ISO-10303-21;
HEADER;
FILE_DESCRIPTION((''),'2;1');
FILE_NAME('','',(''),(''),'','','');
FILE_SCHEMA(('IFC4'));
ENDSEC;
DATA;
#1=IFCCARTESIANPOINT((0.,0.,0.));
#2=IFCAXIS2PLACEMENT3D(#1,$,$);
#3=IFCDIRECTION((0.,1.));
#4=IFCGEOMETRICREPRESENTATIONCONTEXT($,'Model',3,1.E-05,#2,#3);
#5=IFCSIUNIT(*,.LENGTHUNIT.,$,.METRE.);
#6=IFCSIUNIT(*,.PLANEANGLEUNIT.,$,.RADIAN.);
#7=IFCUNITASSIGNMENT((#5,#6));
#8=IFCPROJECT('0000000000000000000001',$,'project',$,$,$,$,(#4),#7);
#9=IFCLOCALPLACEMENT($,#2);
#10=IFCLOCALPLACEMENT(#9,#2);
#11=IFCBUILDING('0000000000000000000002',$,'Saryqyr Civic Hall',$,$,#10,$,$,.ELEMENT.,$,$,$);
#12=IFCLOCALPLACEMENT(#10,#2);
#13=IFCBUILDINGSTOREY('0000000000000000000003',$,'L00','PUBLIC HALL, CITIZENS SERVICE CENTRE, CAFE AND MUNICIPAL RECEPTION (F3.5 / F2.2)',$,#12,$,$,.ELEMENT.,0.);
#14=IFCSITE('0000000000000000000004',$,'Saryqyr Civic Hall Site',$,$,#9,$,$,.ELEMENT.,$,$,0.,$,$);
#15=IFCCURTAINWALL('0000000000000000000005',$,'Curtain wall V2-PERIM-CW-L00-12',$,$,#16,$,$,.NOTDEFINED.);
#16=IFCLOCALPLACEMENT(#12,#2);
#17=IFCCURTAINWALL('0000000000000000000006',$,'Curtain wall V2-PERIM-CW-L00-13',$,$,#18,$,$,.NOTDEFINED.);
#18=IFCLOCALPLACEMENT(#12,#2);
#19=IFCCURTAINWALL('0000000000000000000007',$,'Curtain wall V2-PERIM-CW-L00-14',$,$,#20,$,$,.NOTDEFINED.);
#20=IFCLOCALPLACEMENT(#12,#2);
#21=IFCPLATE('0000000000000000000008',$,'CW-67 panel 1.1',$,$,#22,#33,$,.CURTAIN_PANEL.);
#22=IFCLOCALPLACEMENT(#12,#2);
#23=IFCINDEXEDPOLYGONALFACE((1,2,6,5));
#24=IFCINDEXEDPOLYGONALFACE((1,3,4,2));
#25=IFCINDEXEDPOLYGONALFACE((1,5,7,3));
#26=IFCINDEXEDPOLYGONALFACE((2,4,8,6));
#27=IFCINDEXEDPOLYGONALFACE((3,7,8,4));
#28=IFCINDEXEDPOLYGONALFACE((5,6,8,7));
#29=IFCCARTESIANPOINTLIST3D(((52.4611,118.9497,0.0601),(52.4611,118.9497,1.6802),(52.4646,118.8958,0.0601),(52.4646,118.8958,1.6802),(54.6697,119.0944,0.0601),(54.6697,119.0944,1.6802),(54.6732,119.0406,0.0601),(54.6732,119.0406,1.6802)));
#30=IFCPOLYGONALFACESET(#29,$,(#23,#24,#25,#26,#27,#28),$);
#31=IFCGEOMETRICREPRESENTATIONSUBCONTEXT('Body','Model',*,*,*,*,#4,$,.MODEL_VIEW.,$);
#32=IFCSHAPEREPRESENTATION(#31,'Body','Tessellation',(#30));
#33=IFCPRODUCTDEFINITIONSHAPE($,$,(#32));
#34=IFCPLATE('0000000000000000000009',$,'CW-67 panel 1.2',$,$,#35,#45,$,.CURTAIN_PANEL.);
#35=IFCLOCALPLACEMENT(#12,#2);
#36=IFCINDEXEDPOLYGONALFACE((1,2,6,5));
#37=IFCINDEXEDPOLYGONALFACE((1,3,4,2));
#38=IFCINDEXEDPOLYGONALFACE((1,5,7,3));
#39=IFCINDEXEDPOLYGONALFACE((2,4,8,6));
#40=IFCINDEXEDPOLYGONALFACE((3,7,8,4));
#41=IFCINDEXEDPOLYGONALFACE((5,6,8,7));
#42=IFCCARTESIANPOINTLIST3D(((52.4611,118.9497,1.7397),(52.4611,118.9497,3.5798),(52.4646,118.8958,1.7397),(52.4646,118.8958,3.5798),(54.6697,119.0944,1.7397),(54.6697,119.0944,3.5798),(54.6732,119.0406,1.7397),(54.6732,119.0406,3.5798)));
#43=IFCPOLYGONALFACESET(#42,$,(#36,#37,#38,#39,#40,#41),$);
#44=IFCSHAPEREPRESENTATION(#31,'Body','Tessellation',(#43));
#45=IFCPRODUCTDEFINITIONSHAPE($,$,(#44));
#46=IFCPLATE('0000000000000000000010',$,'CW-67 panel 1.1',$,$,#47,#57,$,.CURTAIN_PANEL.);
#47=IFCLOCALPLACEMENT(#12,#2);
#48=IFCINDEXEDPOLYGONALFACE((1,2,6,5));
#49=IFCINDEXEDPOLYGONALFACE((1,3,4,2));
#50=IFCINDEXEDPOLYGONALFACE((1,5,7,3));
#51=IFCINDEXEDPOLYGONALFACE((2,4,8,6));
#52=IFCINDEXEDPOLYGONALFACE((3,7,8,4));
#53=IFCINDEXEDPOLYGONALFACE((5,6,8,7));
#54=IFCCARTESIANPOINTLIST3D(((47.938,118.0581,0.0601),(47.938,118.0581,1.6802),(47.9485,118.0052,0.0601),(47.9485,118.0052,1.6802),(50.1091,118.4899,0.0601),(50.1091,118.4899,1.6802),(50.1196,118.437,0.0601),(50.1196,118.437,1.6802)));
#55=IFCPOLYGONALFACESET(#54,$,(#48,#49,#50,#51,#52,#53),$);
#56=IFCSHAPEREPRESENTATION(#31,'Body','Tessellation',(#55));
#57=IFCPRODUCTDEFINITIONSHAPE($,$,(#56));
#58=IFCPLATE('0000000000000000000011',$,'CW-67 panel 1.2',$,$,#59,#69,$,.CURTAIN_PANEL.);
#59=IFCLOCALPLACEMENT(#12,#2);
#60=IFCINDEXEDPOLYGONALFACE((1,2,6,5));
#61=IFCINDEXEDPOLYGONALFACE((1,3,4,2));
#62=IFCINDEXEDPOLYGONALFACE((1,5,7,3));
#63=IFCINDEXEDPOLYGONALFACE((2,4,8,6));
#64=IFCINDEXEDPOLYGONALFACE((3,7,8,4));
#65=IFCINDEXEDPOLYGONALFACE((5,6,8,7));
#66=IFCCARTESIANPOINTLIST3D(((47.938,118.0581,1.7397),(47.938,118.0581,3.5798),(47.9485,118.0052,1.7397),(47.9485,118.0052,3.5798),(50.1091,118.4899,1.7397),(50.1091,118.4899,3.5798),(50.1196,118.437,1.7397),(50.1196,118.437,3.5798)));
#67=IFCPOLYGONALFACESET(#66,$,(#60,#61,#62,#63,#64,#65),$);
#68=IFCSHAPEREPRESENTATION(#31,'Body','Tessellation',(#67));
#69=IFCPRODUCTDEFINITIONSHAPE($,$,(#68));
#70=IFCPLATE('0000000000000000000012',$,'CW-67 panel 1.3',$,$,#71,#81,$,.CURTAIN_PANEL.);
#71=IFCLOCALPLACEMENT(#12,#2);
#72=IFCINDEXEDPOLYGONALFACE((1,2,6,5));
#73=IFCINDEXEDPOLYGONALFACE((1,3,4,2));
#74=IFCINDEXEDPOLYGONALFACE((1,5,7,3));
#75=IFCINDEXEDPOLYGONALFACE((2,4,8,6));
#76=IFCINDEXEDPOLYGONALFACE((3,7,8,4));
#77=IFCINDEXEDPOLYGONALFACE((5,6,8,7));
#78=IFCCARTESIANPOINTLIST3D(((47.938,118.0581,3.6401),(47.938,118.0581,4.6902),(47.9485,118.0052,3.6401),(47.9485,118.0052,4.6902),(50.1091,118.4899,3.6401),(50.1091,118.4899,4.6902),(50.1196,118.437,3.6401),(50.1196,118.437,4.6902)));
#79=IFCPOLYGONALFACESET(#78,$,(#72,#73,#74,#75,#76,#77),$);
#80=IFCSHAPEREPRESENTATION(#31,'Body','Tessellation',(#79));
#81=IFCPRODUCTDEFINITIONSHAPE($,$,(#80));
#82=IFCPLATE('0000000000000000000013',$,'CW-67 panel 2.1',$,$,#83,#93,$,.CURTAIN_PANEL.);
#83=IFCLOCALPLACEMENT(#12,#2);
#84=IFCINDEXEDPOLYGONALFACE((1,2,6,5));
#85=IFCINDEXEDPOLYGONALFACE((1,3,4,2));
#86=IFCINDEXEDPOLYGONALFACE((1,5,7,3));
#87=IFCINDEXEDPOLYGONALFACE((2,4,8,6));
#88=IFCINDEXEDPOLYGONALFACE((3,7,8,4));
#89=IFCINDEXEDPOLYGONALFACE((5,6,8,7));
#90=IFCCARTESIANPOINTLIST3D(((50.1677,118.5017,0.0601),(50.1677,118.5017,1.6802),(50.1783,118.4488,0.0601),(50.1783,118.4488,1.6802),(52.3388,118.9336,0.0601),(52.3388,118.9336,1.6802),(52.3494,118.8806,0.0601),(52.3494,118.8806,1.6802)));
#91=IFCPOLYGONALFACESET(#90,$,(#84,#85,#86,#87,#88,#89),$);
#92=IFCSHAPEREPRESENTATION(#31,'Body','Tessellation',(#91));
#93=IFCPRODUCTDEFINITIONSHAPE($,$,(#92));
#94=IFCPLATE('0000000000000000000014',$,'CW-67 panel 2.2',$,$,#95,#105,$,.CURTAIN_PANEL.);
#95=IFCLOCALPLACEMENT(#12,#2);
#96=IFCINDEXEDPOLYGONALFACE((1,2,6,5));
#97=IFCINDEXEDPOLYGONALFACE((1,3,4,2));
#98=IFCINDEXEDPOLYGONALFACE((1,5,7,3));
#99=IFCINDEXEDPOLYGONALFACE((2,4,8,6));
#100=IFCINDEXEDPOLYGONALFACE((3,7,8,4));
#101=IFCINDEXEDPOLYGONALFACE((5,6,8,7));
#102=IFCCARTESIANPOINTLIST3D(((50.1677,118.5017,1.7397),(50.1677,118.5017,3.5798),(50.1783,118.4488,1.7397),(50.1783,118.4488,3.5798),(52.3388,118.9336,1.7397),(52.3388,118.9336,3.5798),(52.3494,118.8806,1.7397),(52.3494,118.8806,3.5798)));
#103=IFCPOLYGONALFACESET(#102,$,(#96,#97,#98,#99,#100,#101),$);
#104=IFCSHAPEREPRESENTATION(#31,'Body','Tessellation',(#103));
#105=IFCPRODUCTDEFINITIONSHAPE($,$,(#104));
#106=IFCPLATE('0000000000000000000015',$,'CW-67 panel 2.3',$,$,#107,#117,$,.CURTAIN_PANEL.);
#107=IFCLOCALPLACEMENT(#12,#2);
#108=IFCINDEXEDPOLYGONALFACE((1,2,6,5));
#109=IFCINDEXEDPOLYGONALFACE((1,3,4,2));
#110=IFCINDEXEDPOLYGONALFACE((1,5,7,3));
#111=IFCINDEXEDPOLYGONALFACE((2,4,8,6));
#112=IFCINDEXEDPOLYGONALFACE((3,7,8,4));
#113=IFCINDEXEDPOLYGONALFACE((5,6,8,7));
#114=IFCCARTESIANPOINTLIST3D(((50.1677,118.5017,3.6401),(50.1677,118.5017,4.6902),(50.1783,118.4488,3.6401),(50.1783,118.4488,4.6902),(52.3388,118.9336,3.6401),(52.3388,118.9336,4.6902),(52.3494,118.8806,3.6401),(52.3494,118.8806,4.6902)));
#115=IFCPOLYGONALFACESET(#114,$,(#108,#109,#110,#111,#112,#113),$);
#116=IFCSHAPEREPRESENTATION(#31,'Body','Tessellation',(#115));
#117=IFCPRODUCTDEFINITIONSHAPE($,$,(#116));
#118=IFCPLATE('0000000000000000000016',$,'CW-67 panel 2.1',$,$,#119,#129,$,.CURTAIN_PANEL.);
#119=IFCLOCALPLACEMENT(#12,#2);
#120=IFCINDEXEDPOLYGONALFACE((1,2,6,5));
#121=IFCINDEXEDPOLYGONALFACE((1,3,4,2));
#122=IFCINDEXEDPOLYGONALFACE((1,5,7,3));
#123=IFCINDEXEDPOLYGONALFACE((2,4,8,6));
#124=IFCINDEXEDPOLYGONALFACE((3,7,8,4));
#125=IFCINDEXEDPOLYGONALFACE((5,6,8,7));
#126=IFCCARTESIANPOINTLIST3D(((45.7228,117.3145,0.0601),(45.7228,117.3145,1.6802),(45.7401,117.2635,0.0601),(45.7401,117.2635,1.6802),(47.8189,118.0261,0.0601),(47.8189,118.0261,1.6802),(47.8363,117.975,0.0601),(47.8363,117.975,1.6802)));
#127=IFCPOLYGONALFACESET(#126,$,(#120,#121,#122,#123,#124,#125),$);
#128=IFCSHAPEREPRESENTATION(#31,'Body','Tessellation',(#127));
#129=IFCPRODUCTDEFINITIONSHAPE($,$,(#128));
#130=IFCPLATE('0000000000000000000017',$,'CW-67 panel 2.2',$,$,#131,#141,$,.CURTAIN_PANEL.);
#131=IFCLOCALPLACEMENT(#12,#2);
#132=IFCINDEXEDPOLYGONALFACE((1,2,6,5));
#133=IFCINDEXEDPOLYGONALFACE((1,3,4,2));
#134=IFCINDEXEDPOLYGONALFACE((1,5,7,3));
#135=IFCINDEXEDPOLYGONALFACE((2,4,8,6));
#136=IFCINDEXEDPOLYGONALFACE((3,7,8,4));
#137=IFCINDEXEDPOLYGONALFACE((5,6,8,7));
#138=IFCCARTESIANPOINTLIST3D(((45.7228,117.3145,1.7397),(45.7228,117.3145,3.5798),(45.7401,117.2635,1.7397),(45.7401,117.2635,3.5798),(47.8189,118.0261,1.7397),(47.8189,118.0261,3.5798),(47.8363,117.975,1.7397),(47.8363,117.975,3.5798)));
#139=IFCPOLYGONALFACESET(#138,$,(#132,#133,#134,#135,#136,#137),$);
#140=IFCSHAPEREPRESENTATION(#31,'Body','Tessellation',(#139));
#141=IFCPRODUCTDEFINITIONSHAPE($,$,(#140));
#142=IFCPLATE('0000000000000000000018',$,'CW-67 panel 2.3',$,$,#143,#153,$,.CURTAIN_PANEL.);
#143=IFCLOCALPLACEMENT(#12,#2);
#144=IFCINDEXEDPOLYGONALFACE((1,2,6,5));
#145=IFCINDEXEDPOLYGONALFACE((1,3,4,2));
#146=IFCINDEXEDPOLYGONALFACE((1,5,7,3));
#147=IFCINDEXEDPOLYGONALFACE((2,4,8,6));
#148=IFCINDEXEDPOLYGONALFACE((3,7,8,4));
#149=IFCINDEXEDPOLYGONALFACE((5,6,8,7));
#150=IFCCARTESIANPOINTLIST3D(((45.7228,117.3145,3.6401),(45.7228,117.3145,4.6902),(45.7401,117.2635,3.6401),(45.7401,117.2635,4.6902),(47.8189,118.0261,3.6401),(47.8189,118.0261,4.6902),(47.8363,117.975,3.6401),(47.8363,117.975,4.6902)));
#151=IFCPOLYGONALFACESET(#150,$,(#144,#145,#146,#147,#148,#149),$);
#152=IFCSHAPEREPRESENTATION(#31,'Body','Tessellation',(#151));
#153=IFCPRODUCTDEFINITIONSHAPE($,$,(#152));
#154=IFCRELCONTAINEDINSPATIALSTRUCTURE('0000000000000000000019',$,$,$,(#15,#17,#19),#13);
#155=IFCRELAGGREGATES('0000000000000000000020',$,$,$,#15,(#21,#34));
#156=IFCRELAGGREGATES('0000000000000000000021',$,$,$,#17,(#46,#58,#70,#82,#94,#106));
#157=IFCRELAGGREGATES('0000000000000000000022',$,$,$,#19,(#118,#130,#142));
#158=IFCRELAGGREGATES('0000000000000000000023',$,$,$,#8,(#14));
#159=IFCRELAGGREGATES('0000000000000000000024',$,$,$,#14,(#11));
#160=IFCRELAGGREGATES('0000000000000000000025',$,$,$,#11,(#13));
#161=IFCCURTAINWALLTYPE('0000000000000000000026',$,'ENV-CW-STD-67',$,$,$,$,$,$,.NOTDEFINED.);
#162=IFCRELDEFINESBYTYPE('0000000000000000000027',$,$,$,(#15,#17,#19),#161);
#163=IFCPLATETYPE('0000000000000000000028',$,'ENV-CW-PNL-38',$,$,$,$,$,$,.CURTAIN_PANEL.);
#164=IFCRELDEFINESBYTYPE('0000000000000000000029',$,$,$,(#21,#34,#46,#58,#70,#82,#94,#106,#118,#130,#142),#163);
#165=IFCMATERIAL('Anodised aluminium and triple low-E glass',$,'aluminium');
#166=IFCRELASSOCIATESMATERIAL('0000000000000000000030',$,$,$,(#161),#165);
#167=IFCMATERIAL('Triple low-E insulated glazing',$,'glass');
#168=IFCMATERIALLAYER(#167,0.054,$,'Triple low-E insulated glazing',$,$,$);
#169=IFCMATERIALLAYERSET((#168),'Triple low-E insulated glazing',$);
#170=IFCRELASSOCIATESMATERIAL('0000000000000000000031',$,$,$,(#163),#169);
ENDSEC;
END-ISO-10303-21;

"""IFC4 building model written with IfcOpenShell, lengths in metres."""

from ifc_helpers import new_model, si_unit, direction, frame, origin, origin_2d, place, context, subcontext, project, spatial, rectangle, extrude, material, layer, layer_set, type_object, element, aggregate, save


model = new_model("IFC4")

# Units and contexts
model_context = context("Model", 3, precision=1e-05, world=origin(), true_north=direction((0.0, 1.0)))
body_context = subcontext(model_context, "Body", "Model", "MODEL_VIEW")
ifc_project = project(units=[si_unit("LENGTHUNIT", "METRE"), si_unit("PLANEANGLEUNIT", "RADIAN")], contexts=[model_context])

# Site, building, storey
site_placement = place(None, origin())
site = spatial("IfcSite", under=ifc_project, at=site_placement, Name="Saryqyr Civic Hall Site", CompositionType="ELEMENT", RefElevation=0.0)
building_placement = place(site_placement, origin())
building = spatial("IfcBuilding", under=site, at=building_placement, Name="Saryqyr Civic Hall", CompositionType="ELEMENT")
storey_placement = place(building_placement, origin())
storey = spatial("IfcBuildingStorey", under=building, at=storey_placement, Name="L00", Description="PUBLIC HALL, CITIZENS SERVICE CENTRE, CAFE AND MUNICIPAL RECEPTION (F3.5 / F2.2)", CompositionType="ELEMENT", Elevation=0.0)

# Shared definitions
ifc_material_1 = material(Name="Anodised aluminium and triple low-E glass", Category="aluminium")

# Curtain wall
curtain_wall_type_1 = type_object("IfcCurtainWallType", Name="ENV-CW-STD-67", PredefinedType="NOTDEFINED", material=ifc_material_1)
curtain_wall_1_placement = place(storey_placement, origin())
curtain_wall_1 = element("IfcCurtainWall", 1, at=curtain_wall_1_placement, inside=storey, type_object=curtain_wall_type_1, Name="Curtain wall V2-PERIM-CW-L00-12", PredefinedType="NOTDEFINED")

# Curtain wall
curtain_wall_2_placement = place(storey_placement, origin())
curtain_wall_2 = element("IfcCurtainWall", 2, at=curtain_wall_2_placement, inside=storey, type_object=curtain_wall_type_1, Name="Curtain wall V2-PERIM-CW-L00-13", PredefinedType="NOTDEFINED")

# Curtain wall
curtain_wall_3_placement = place(storey_placement, origin())
curtain_wall_3 = element("IfcCurtainWall", 3, at=curtain_wall_3_placement, inside=storey, type_object=curtain_wall_type_1, Name="Curtain wall V2-PERIM-CW-L00-14", PredefinedType="NOTDEFINED")

# Plates
ifc_material_2 = material(Name="Triple low-E insulated glazing", Category="glass")
ifc_layer = layer(ifc_material_2, 0.054, Name="Triple low-E insulated glazing")
ifc_layer_set = layer_set([ifc_layer], Name="Triple low-E insulated glazing")
plate_type = type_object("IfcPlateType", Name="ENV-CW-PNL-38", PredefinedType="CURTAIN_PANEL", material=ifc_layer_set)
plate_1_placement = place(storey_placement, frame((53.5671, 118.9951, 0.0601), z_axis=(0.0, 0.0, 1.0), x_axis=(0.997859, 0.065401, 0.0)))
plate_1 = element("IfcPlate", 4, at=plate_1_placement, type_object=plate_type, Name="CW-67 panel 1.1", PredefinedType="CURTAIN_PANEL", context=body_context, shape_type="SweptSolid", body=[
    extrude(rectangle(XDim=2.2134, YDim=0.054, at=origin_2d()), origin(), (0.0, 0.0, 1.0), 1.6201),
])
plate_2_placement = place(storey_placement, frame((53.5671, 118.9951, 1.7397), z_axis=(0.0, 0.0, 1.0), x_axis=(0.997859, 0.065401, 0.0)))
plate_2 = element("IfcPlate", 5, at=plate_2_placement, type_object=plate_type, Name="CW-67 panel 1.2", PredefinedType="CURTAIN_PANEL", context=body_context, shape_type="SweptSolid", body=[
    extrude(rectangle(XDim=2.2134, YDim=0.054, at=origin_2d()), origin(), (0.0, 0.0, 1.0), 1.8401),
])
aggregate(curtain_wall_1, [plate_1, plate_2])
plate_3_placement = place(storey_placement, frame((49.0288, 118.2476, 0.0601), z_axis=(0.0, 0.0, 1.0), x_axis=(0.980785, 0.195093, 0.0)))
plate_3 = element("IfcPlate", 6, at=plate_3_placement, type_object=plate_type, Name="CW-67 panel 1.1", PredefinedType="CURTAIN_PANEL", context=body_context, shape_type="SweptSolid", body=[
    extrude(rectangle(XDim=2.2136, YDim=0.054, at=origin_2d()), origin(), (0.0, 0.0, 1.0), 1.6201),
])
plate_4_placement = place(storey_placement, frame((49.0288, 118.2476, 1.7397), z_axis=(0.0, 0.0, 1.0), x_axis=(0.980785, 0.195093, 0.0)))
plate_4 = element("IfcPlate", 7, at=plate_4_placement, type_object=plate_type, Name="CW-67 panel 1.2", PredefinedType="CURTAIN_PANEL", context=body_context, shape_type="SweptSolid", body=[
    extrude(rectangle(XDim=2.2136, YDim=0.054, at=origin_2d()), origin(), (0.0, 0.0, 1.0), 1.8401),
])
plate_5_placement = place(storey_placement, frame((49.0288, 118.2476, 3.6401), z_axis=(0.0, 0.0, 1.0), x_axis=(0.980785, 0.195093, 0.0)))
plate_5 = element("IfcPlate", 8, at=plate_5_placement, type_object=plate_type, Name="CW-67 panel 1.3", PredefinedType="CURTAIN_PANEL", context=body_context, shape_type="SweptSolid", body=[
    extrude(rectangle(XDim=2.2136, YDim=0.054, at=origin_2d()), origin(), (0.0, 0.0, 1.0), 1.05),
])
plate_6_placement = place(storey_placement, frame((51.2585, 118.6912, 0.0601), z_axis=(0.0, 0.0, 1.0), x_axis=(0.980785, 0.195093, 0.0)))
plate_6 = element("IfcPlate", 9, at=plate_6_placement, type_object=plate_type, Name="CW-67 panel 2.1", PredefinedType="CURTAIN_PANEL", context=body_context, shape_type="SweptSolid", body=[
    extrude(rectangle(XDim=2.2136, YDim=0.054, at=origin_2d()), origin(), (0.0, 0.0, 1.0), 1.6201),
])
plate_7_placement = place(storey_placement, frame((51.2585, 118.6912, 1.7397), z_axis=(0.0, 0.0, 1.0), x_axis=(0.980785, 0.195093, 0.0)))
plate_7 = element("IfcPlate", 10, at=plate_7_placement, type_object=plate_type, Name="CW-67 panel 2.2", PredefinedType="CURTAIN_PANEL", context=body_context, shape_type="SweptSolid", body=[
    extrude(rectangle(XDim=2.2136, YDim=0.054, at=origin_2d()), origin(), (0.0, 0.0, 1.0), 1.8401),
])
plate_8_placement = place(storey_placement, frame((51.2585, 118.6912, 3.6401), z_axis=(0.0, 0.0, 1.0), x_axis=(0.980785, 0.195093, 0.0)))
plate_8 = element("IfcPlate", 11, at=plate_8_placement, type_object=plate_type, Name="CW-67 panel 2.3", PredefinedType="CURTAIN_PANEL", context=body_context, shape_type="SweptSolid", body=[
    extrude(rectangle(XDim=2.2136, YDim=0.054, at=origin_2d()), origin(), (0.0, 0.0, 1.0), 1.05),
])
aggregate(curtain_wall_2, [plate_3, plate_4, plate_5, plate_6, plate_7, plate_8])
plate_9_placement = place(storey_placement, frame((46.7795, 117.6448, 0.0601), z_axis=(0.0, 0.0, 1.0), x_axis=(0.946928, 0.321445, 0.0)))
plate_9 = element("IfcPlate", 12, at=plate_9_placement, type_object=plate_type, Name="CW-67 panel 2.1", PredefinedType="CURTAIN_PANEL", context=body_context, shape_type="SweptSolid", body=[
    extrude(rectangle(XDim=2.2136, YDim=0.054, at=origin_2d()), origin(), (0.0, 0.0, 1.0), 1.6201),
])
plate_10_placement = place(storey_placement, frame((46.7795, 117.6448, 1.7397), z_axis=(0.0, 0.0, 1.0), x_axis=(0.946928, 0.321445, 0.0)))
plate_10 = element("IfcPlate", 13, at=plate_10_placement, type_object=plate_type, Name="CW-67 panel 2.2", PredefinedType="CURTAIN_PANEL", context=body_context, shape_type="SweptSolid", body=[
    extrude(rectangle(XDim=2.2136, YDim=0.054, at=origin_2d()), origin(), (0.0, 0.0, 1.0), 1.8401),
])
plate_11_placement = place(storey_placement, frame((46.7795, 117.6448, 3.6401), z_axis=(0.0, 0.0, 1.0), x_axis=(0.946928, 0.321445, 0.0)))
plate_11 = element("IfcPlate", 14, at=plate_11_placement, type_object=plate_type, Name="CW-67 panel 2.3", PredefinedType="CURTAIN_PANEL", context=body_context, shape_type="SweptSolid", body=[
    extrude(rectangle(XDim=2.2136, YDim=0.054, at=origin_2d()), origin(), (0.0, 0.0, 1.0), 1.05),
])
aggregate(curtain_wall_3, [plate_9, plate_10, plate_11])

save(model, "model.ifc")
